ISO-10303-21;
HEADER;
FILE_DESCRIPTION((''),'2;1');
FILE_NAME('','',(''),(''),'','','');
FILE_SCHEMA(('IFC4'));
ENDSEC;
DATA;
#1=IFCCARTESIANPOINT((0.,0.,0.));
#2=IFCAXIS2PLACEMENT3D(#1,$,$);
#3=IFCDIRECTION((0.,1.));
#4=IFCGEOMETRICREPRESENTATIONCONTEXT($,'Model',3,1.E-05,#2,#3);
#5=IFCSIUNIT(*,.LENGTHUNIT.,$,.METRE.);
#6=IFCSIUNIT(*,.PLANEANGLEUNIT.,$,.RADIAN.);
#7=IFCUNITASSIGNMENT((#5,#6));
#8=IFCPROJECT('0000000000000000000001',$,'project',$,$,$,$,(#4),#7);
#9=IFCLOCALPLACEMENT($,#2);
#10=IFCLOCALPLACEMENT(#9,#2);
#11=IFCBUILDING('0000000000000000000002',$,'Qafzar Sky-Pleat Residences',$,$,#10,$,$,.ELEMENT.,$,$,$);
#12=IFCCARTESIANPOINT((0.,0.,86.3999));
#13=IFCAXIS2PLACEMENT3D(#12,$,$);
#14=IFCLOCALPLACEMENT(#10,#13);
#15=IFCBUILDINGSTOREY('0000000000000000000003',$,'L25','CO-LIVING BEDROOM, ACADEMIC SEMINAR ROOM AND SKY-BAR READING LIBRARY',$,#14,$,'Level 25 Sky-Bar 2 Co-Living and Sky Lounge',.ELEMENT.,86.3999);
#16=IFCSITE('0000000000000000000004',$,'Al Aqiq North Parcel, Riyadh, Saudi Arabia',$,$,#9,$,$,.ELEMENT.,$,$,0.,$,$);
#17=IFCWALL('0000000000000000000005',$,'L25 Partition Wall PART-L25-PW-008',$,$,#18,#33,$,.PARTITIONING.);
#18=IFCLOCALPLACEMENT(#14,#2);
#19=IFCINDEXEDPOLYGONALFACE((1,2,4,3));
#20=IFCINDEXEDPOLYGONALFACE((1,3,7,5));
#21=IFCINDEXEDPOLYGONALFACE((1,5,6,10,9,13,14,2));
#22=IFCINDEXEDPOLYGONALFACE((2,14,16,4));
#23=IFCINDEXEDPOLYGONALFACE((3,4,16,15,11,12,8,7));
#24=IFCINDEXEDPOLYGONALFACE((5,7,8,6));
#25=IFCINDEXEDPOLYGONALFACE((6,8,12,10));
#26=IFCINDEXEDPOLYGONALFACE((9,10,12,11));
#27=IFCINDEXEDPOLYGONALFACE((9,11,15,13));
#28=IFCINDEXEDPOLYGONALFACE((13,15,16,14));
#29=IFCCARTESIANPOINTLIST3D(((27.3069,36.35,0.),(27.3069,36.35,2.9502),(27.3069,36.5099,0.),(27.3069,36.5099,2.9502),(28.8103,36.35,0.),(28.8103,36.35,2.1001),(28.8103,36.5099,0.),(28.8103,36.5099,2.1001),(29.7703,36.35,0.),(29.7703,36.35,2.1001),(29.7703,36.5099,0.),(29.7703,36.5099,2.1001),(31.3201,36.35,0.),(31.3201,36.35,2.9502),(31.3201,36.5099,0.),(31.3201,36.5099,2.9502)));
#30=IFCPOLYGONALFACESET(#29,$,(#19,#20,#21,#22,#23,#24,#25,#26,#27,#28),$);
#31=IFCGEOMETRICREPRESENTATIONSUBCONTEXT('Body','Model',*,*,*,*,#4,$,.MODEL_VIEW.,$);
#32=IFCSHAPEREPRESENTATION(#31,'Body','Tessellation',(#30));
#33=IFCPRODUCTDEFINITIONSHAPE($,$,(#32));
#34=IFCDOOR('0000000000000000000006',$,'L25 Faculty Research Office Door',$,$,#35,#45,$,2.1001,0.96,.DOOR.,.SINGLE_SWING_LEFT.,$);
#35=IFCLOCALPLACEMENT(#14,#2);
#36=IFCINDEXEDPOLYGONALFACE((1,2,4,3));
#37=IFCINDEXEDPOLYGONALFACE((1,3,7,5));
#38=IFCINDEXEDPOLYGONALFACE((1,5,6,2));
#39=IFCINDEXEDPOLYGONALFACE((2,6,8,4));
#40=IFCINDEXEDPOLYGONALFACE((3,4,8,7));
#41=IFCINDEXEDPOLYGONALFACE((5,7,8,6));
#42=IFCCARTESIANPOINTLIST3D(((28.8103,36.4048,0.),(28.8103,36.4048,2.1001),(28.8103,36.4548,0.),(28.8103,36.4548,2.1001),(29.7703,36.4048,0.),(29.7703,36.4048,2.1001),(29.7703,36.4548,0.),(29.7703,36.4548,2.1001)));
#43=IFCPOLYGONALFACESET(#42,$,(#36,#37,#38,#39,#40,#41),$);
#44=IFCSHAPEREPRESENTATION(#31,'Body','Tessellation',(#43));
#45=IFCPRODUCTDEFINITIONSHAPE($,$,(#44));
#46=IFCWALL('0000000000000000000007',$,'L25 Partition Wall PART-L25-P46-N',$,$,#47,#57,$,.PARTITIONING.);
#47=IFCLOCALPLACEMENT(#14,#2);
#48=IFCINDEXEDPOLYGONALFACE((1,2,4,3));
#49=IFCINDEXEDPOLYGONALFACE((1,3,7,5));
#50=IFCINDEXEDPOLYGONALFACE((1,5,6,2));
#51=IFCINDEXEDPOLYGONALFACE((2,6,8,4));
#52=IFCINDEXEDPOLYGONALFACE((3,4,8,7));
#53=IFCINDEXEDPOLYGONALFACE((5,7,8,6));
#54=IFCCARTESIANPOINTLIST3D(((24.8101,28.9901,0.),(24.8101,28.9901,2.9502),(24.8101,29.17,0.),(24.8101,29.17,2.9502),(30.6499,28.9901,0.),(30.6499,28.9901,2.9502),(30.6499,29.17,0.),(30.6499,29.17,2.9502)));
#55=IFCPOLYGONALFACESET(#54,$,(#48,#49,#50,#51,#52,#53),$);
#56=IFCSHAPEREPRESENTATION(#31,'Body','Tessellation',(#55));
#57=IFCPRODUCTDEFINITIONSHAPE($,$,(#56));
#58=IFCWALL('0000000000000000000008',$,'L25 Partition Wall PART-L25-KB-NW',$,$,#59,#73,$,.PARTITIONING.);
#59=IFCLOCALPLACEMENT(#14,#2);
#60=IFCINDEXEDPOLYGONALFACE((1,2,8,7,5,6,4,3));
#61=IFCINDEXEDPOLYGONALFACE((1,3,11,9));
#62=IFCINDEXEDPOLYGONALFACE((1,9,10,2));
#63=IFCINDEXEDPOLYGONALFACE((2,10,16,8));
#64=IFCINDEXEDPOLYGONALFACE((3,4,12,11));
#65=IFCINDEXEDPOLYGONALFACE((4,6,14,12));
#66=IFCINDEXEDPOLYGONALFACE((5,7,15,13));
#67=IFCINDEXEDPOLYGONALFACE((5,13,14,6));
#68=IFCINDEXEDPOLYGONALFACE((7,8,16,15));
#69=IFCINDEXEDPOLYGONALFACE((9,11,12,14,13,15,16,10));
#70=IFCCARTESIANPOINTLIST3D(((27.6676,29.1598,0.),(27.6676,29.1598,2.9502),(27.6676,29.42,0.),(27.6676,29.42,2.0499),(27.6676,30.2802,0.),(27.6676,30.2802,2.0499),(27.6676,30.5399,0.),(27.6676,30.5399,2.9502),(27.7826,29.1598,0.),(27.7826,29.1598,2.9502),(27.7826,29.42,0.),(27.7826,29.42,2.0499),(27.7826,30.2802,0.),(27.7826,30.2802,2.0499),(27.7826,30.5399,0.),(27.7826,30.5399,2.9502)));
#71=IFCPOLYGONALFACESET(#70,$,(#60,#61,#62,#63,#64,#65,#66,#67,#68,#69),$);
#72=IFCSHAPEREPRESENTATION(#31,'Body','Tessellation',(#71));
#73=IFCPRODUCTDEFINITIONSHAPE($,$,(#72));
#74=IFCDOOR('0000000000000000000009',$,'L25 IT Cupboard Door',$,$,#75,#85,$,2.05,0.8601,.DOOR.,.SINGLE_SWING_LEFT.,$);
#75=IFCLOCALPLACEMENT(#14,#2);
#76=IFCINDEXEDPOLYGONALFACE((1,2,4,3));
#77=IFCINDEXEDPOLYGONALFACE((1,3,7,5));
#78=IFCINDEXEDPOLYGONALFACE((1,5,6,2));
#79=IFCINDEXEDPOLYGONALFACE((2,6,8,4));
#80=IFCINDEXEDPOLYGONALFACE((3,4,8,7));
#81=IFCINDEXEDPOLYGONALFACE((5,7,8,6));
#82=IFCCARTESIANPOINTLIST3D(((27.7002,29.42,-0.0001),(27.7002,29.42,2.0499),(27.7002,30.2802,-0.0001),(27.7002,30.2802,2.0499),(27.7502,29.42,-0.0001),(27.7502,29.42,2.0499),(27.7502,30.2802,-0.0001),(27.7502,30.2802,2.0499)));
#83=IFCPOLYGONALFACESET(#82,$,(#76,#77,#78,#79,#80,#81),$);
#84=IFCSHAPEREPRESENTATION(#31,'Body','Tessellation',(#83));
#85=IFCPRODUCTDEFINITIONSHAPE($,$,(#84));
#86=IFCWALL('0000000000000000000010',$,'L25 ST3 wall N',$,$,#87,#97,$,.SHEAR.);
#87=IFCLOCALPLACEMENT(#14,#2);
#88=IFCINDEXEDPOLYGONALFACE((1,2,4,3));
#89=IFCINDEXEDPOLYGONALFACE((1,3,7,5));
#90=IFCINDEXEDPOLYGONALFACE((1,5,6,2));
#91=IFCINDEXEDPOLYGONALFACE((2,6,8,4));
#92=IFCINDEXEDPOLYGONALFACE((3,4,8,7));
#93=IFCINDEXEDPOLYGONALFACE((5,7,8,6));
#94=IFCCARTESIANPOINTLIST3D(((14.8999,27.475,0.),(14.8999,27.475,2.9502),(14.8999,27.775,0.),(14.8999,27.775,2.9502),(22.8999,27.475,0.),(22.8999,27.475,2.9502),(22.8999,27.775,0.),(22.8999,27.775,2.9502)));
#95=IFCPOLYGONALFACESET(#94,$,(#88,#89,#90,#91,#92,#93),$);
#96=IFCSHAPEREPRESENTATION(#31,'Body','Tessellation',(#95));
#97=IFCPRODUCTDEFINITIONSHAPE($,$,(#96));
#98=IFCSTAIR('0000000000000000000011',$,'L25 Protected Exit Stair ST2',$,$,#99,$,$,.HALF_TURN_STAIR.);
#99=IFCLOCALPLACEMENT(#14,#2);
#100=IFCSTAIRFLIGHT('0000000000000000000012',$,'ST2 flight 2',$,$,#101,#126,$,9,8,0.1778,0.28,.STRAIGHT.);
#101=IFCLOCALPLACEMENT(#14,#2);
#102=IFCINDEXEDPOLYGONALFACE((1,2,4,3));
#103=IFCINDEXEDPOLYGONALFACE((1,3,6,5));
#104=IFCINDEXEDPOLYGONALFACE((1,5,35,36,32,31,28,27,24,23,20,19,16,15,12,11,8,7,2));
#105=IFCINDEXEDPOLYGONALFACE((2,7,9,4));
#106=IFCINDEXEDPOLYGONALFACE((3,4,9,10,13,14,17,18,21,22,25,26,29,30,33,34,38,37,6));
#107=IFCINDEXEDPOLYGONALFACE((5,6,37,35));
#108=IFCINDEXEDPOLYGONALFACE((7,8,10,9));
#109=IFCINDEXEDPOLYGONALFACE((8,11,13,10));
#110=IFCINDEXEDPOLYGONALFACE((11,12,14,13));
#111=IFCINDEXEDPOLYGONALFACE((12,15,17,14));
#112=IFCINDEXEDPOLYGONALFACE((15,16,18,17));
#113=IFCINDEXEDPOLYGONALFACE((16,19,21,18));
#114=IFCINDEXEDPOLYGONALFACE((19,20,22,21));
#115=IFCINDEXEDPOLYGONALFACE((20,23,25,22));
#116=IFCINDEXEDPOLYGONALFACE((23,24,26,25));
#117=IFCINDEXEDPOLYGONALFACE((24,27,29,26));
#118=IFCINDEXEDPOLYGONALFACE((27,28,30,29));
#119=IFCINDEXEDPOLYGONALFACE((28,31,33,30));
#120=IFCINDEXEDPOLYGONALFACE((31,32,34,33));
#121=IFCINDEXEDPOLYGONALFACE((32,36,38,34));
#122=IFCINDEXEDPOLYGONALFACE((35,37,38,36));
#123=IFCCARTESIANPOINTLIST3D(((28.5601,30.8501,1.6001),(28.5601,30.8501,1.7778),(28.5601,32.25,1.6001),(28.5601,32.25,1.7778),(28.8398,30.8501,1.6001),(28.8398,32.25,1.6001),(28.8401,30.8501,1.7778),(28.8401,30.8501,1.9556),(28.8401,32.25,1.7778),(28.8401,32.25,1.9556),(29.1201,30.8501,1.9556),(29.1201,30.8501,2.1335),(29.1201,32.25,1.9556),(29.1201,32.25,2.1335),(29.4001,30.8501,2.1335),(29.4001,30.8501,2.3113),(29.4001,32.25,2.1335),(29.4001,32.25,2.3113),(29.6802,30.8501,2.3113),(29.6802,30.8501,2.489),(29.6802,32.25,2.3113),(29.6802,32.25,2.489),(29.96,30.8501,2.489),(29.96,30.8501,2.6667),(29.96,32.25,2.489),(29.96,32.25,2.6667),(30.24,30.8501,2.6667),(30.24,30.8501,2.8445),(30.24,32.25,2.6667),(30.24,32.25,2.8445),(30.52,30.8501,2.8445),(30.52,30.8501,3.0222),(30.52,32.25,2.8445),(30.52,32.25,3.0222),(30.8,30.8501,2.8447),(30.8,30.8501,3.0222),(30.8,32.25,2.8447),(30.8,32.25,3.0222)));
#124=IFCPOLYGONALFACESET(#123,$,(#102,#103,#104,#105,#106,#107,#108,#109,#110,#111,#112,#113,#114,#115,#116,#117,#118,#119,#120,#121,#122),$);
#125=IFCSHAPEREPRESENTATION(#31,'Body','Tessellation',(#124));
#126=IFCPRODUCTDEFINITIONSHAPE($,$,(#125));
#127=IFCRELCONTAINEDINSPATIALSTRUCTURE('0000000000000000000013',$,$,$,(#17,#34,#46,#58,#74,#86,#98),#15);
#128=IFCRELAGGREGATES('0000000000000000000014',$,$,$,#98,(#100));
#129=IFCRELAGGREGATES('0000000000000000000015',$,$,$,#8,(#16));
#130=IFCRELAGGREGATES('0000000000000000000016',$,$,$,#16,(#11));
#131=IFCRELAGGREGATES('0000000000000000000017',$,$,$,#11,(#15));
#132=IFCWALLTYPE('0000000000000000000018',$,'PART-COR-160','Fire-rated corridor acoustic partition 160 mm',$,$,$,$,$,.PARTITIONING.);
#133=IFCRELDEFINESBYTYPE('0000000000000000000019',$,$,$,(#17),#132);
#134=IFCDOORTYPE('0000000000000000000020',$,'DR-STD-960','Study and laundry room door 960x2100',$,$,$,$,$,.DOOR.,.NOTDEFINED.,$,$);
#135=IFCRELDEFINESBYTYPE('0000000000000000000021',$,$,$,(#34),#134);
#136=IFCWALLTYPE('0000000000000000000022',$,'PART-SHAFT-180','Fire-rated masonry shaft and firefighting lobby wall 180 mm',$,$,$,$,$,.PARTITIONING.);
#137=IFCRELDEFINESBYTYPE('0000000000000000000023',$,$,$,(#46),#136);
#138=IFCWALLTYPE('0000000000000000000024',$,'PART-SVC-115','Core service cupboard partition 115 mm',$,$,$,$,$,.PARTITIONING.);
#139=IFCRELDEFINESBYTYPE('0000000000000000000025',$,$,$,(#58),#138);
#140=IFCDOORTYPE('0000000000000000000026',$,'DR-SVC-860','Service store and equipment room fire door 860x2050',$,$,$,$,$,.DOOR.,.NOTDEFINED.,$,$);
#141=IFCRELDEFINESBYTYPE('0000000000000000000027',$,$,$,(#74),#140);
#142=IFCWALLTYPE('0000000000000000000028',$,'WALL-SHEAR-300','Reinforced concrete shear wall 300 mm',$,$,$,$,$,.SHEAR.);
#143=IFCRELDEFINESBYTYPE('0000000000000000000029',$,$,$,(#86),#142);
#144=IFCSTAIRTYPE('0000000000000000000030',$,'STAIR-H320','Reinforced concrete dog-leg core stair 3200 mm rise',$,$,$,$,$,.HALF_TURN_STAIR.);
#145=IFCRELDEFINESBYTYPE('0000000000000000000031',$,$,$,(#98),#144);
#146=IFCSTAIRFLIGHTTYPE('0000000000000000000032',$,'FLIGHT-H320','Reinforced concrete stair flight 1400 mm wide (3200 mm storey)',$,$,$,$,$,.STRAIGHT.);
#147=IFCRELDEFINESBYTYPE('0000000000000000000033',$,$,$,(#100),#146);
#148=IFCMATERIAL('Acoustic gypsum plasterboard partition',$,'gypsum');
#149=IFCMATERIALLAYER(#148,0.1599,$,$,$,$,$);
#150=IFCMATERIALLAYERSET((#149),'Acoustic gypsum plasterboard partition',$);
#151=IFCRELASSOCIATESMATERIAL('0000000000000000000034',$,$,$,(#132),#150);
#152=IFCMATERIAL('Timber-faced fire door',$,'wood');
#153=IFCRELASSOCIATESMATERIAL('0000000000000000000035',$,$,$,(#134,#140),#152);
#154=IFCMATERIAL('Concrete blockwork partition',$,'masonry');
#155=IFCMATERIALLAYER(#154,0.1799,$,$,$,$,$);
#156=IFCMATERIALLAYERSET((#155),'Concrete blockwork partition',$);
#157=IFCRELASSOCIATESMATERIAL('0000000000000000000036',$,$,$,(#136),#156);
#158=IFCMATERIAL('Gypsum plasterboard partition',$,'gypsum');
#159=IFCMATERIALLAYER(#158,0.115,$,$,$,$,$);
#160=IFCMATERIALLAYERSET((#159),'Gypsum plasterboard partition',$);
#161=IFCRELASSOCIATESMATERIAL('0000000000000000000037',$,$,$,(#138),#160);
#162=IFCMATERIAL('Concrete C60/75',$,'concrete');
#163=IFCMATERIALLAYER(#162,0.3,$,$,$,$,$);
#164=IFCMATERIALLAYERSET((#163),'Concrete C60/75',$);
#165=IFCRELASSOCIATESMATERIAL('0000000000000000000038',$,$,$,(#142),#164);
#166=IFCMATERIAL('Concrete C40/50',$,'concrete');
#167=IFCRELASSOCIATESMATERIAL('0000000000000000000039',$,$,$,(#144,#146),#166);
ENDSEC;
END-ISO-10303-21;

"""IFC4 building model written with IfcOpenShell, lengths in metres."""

from ifc_helpers import new_model, si_unit, direction, frame, frame_2d, origin, place, context, subcontext, project, spatial, polyline, rectangle, outline, extrude, source, transform, mapped, material, layer, layer_set, type_object, element, fill, aggregate, save


model = new_model("IFC4")

# Units and contexts
model_context = context("Model", 3, precision=1e-05, world=origin(), true_north=direction((0.0, 1.0)))
body_context = subcontext(model_context, "Body", "Model", "MODEL_VIEW")
ifc_project = project(units=[si_unit("LENGTHUNIT", "METRE"), si_unit("PLANEANGLEUNIT", "RADIAN")], contexts=[model_context])

# Site, building, storey
site_placement = place(None, origin())
site = spatial("IfcSite", under=ifc_project, at=site_placement, Name="Al Aqiq North Parcel, Riyadh, Saudi Arabia", CompositionType="ELEMENT", RefElevation=0.0)
building_placement = place(site_placement, origin())
building = spatial("IfcBuilding", under=site, at=building_placement, Name="Qafzar Sky-Pleat Residences", CompositionType="ELEMENT")
storey_placement = place(building_placement, frame((0.0, 0.0, 86.3999)))
storey = spatial("IfcBuildingStorey", under=building, at=storey_placement, Name="L25", Description="CO-LIVING BEDROOM, ACADEMIC SEMINAR ROOM AND SKY-BAR READING LIBRARY", LongName="Level 25 Sky-Bar 2 Co-Living and Sky Lounge", CompositionType="ELEMENT", Elevation=86.3999)

# Wall, opening, door
ifc_material_1 = material(Name="Acoustic gypsum plasterboard partition", Category="gypsum")
ifc_layer_1 = layer(ifc_material_1, 0.1599)
ifc_layer_set_1 = layer_set([ifc_layer_1], Name="Acoustic gypsum plasterboard partition")
wall_type_1 = type_object("IfcWallType", Name="PART-COR-160", Description="Fire-rated corridor acoustic partition 160 mm", PredefinedType="PARTITIONING", material=ifc_layer_set_1)
wall_1_placement = place(storey_placement, frame((27.3069, 36.4299, 0.0), z_axis=(0.0, 0.0, 1.0), x_axis=(1.0, 0.0, 0.0)))
wall_1 = element("IfcWall", 1, at=wall_1_placement, inside=storey, type_object=wall_type_1, Name="L25 Partition Wall PART-L25-PW-008", PredefinedType="PARTITIONING", context=body_context, shape_type="SweptSolid", body=[
    extrude(rectangle(XDim=4.0132, YDim=0.1599, at=frame_2d((2.0066, 0.0))), origin(), (0.0, 0.0, 1.0), 2.9502),
])
opening_1_placement = place(wall_1_placement, frame((1.5034, 0.0, 0.0)))
opening_1 = element("IfcOpeningElement", 2, at=opening_1_placement, cuts=wall_1, PredefinedType="OPENING", context=body_context, shape_type="SweptSolid", body=[
    extrude(rectangle(XDim=0.96, YDim=2.1001, at=frame_2d((0.48, 1.05))), frame((0.0, 0.0898, 0.0), z_axis=(0.0, -1.0, 0.0), x_axis=(1.0, 0.0, 0.0)), (0.0, 0.0, 1.0), 0.1799),
])
ifc_material_2 = material(Name="Timber-faced fire door", Category="wood")
door_type_1 = type_object("IfcDoorType", Name="DR-STD-960", Description="Study and laundry room door 960x2100", OperationType="NOTDEFINED", PredefinedType="DOOR", material=ifc_material_2)
shared_shape_1 = source(origin(), body_context, "Body", "SweptSolid", [
    extrude(rectangle(XDim=0.96, YDim=2.1001, at=frame_2d((0.48, 1.05))), frame((0.0, 0.0249, 0.0), z_axis=(0.0, -1.0, 0.0), x_axis=(1.0, 0.0, 0.0)), (0.0, 0.0, 1.0), 0.05),
])
door_1_placement = place(opening_1_placement, origin())
door_1 = element("IfcDoor", 3, at=door_1_placement, inside=storey, type_object=door_type_1, Name="L25 Faculty Research Office Door", OperationType="SINGLE_SWING_LEFT", OverallHeight=2.1001, OverallWidth=0.96, PredefinedType="DOOR", context=body_context, shape_type="MappedRepresentation", body=[
    mapped(shared_shape_1, transform((0.0, 0.0, 0.0), x_axis=(1.0, 0.0, 0.0), y_axis=(0.0, 1.0, 0.0), z_axis=(0.0, 0.0, 1.0), scale=1.0)),
])
fill(opening_1, door_1)

# Wall
ifc_material_3 = material(Name="Concrete blockwork partition", Category="masonry")
ifc_layer_2 = layer(ifc_material_3, 0.1799)
ifc_layer_set_2 = layer_set([ifc_layer_2], Name="Concrete blockwork partition")
wall_type_2 = type_object("IfcWallType", Name="PART-SHAFT-180", Description="Fire-rated masonry shaft and firefighting lobby wall 180 mm", PredefinedType="PARTITIONING", material=ifc_layer_set_2)
wall_2_placement = place(storey_placement, frame((24.8101, 29.0801, 0.0), z_axis=(0.0, 0.0, 1.0), x_axis=(1.0, 0.0, 0.0)))
element("IfcWall", 4, at=wall_2_placement, inside=storey, type_object=wall_type_2, Name="L25 Partition Wall PART-L25-P46-N", PredefinedType="PARTITIONING", context=body_context, shape_type="SweptSolid", body=[
    extrude(rectangle(XDim=5.8398, YDim=0.1799, at=frame_2d((2.9199, 0.0))), origin(), (0.0, 0.0, 1.0), 2.9502),
])

# Wall, opening, door
ifc_material_4 = material(Name="Gypsum plasterboard partition", Category="gypsum")
ifc_layer_3 = layer(ifc_material_4, 0.115)
ifc_layer_set_3 = layer_set([ifc_layer_3], Name="Gypsum plasterboard partition")
wall_type_3 = type_object("IfcWallType", Name="PART-SVC-115", Description="Core service cupboard partition 115 mm", PredefinedType="PARTITIONING", material=ifc_layer_set_3)
wall_3_placement = place(storey_placement, frame((27.7251, 29.1599, 0.0), z_axis=(0.0, 0.0, 1.0), x_axis=(0.0, 1.0, 0.0)))
wall_3 = element("IfcWall", 5, at=wall_3_placement, inside=storey, type_object=wall_type_3, Name="L25 Partition Wall PART-L25-KB-NW", PredefinedType="PARTITIONING", context=body_context, shape_type="SweptSolid", body=[
    extrude(rectangle(XDim=1.3801, YDim=0.115, at=frame_2d((0.6899, 0.0))), origin(), (0.0, 0.0, 1.0), 2.9502),
])
opening_2_placement = place(wall_3_placement, frame((0.26, 0.0, 0.0)))
opening_2 = element("IfcOpeningElement", 6, at=opening_2_placement, cuts=wall_3, PredefinedType="OPENING", context=body_context, shape_type="SweptSolid", body=[
    extrude(rectangle(XDim=0.8601, YDim=2.05, at=frame_2d((0.4302, 1.0249))), frame((0.0, 0.0674, 0.0), z_axis=(0.0, -1.0, 0.0), x_axis=(1.0, 0.0, 0.0)), (0.0, 0.0, 1.0), 0.135),
])
door_type_2 = type_object("IfcDoorType", Name="DR-SVC-860", Description="Service store and equipment room fire door 860x2050", OperationType="NOTDEFINED", PredefinedType="DOOR", material=ifc_material_2)
shared_shape_2 = source(origin(), body_context, "Body", "SweptSolid", [
    extrude(rectangle(XDim=0.8601, YDim=2.05, at=frame_2d((0.4302, 1.0249))), frame((0.0, 0.0249, 0.0), z_axis=(0.0, -1.0, 0.0), x_axis=(1.0, 0.0, 0.0)), (0.0, 0.0, 1.0), 0.05),
])
door_2_placement = place(opening_2_placement, origin())
door_2 = element("IfcDoor", 7, at=door_2_placement, inside=storey, type_object=door_type_2, Name="L25 IT Cupboard Door", OperationType="SINGLE_SWING_LEFT", OverallHeight=2.05, OverallWidth=0.8601, PredefinedType="DOOR", context=body_context, shape_type="MappedRepresentation", body=[
    mapped(shared_shape_2, transform((0.0, 0.0, 0.0), x_axis=(1.0, 0.0, 0.0), y_axis=(0.0, 1.0, 0.0), z_axis=(0.0, 0.0, 1.0), scale=1.0)),
])
fill(opening_2, door_2)

# Shared definitions
ifc_material_5 = material(Name="Concrete C60/75", Category="concrete")
ifc_layer_4 = layer(ifc_material_5, 0.3)
ifc_layer_set_4 = layer_set([ifc_layer_4], Name="Concrete C60/75")
wall_type_4 = type_object("IfcWallType", Name="WALL-SHEAR-300", Description="Reinforced concrete shear wall 300 mm", PredefinedType="SHEAR", material=ifc_layer_set_4)

# Wall
wall_4_placement = place(storey_placement, frame((22.8999, 27.625, 0.0), z_axis=(0.0, 0.0, 1.0), x_axis=(-1.0, 0.0, 0.0)))
element("IfcWall", 8, at=wall_4_placement, inside=storey, type_object=wall_type_4, Name="L25 ST3 wall N", PredefinedType="SHEAR", context=body_context, shape_type="SweptSolid", body=[
    extrude(rectangle(XDim=8.0, YDim=0.3, at=frame_2d((4.0, 0.0))), origin(), (0.0, 0.0, 1.0), 2.9502),
])

# Stair, stair flight
ifc_material_6 = material(Name="Concrete C40/50", Category="concrete")
stair_type = type_object("IfcStairType", Name="STAIR-H320", Description="Reinforced concrete dog-leg core stair 3200 mm rise", PredefinedType="HALF_TURN_STAIR", material=ifc_material_6)
stair_placement = place(storey_placement, origin())
stair = element("IfcStair", 9, at=stair_placement, inside=storey, type_object=stair_type, Name="L25 Protected Exit Stair ST2", PredefinedType="HALF_TURN_STAIR")
stair_flight_type = type_object("IfcStairFlightType", Name="FLIGHT-H320", Description="Reinforced concrete stair flight 1400 mm wide (3200 mm storey)", PredefinedType="STRAIGHT", material=ifc_material_6)
shared_shape_3 = source(origin(), body_context, "Body", "SweptSolid", [
    extrude(outline(polyline([(0.0, 0.0), (0.0, 0.1777), (0.28, 0.1777), (0.28, 0.3555), (0.5601, 0.3555), (0.5601, 0.5334), (0.8401, 0.5334), (0.8401, 0.7112), (1.1201, 0.7112), (1.1201, 0.8889), (1.3999, 0.8889), (1.3999, 1.0667), (1.6799, 1.0667), (1.6799, 1.2444), (1.96, 1.2444), (1.96, 1.4221), (2.24, 1.4221), (2.24, 1.6001), (2.24, 1.2446), (0.2798, 0.0), (0.0, 0.0)])), frame((0.0, 0.7, 0.0), z_axis=(0.0, -1.0, 0.0), x_axis=(1.0, 0.0, 0.0)), (0.0, 0.0, 1.0), 1.3999),
])
stair_flight_placement = place(storey_placement, frame((28.5601, 31.55, 1.6001), z_axis=(0.0, 0.0, 1.0), x_axis=(1.0, 0.0, 0.0)))
stair_flight = element("IfcStairFlight", 10, at=stair_flight_placement, type_object=stair_flight_type, Name="ST2 flight 2", NumberOfRisers=9, NumberOfTreads=8, PredefinedType="STRAIGHT", RiserHeight=0.1778, TreadLength=0.28, context=body_context, shape_type="MappedRepresentation", body=[
    mapped(shared_shape_3, transform((0.0, 0.0, 0.0), x_axis=(1.0, 0.0, 0.0), y_axis=(0.0, 1.0, 0.0), z_axis=(0.0, 0.0, 1.0), scale=1.0)),
])
aggregate(stair, [stair_flight])

save(model, "model.ifc")
